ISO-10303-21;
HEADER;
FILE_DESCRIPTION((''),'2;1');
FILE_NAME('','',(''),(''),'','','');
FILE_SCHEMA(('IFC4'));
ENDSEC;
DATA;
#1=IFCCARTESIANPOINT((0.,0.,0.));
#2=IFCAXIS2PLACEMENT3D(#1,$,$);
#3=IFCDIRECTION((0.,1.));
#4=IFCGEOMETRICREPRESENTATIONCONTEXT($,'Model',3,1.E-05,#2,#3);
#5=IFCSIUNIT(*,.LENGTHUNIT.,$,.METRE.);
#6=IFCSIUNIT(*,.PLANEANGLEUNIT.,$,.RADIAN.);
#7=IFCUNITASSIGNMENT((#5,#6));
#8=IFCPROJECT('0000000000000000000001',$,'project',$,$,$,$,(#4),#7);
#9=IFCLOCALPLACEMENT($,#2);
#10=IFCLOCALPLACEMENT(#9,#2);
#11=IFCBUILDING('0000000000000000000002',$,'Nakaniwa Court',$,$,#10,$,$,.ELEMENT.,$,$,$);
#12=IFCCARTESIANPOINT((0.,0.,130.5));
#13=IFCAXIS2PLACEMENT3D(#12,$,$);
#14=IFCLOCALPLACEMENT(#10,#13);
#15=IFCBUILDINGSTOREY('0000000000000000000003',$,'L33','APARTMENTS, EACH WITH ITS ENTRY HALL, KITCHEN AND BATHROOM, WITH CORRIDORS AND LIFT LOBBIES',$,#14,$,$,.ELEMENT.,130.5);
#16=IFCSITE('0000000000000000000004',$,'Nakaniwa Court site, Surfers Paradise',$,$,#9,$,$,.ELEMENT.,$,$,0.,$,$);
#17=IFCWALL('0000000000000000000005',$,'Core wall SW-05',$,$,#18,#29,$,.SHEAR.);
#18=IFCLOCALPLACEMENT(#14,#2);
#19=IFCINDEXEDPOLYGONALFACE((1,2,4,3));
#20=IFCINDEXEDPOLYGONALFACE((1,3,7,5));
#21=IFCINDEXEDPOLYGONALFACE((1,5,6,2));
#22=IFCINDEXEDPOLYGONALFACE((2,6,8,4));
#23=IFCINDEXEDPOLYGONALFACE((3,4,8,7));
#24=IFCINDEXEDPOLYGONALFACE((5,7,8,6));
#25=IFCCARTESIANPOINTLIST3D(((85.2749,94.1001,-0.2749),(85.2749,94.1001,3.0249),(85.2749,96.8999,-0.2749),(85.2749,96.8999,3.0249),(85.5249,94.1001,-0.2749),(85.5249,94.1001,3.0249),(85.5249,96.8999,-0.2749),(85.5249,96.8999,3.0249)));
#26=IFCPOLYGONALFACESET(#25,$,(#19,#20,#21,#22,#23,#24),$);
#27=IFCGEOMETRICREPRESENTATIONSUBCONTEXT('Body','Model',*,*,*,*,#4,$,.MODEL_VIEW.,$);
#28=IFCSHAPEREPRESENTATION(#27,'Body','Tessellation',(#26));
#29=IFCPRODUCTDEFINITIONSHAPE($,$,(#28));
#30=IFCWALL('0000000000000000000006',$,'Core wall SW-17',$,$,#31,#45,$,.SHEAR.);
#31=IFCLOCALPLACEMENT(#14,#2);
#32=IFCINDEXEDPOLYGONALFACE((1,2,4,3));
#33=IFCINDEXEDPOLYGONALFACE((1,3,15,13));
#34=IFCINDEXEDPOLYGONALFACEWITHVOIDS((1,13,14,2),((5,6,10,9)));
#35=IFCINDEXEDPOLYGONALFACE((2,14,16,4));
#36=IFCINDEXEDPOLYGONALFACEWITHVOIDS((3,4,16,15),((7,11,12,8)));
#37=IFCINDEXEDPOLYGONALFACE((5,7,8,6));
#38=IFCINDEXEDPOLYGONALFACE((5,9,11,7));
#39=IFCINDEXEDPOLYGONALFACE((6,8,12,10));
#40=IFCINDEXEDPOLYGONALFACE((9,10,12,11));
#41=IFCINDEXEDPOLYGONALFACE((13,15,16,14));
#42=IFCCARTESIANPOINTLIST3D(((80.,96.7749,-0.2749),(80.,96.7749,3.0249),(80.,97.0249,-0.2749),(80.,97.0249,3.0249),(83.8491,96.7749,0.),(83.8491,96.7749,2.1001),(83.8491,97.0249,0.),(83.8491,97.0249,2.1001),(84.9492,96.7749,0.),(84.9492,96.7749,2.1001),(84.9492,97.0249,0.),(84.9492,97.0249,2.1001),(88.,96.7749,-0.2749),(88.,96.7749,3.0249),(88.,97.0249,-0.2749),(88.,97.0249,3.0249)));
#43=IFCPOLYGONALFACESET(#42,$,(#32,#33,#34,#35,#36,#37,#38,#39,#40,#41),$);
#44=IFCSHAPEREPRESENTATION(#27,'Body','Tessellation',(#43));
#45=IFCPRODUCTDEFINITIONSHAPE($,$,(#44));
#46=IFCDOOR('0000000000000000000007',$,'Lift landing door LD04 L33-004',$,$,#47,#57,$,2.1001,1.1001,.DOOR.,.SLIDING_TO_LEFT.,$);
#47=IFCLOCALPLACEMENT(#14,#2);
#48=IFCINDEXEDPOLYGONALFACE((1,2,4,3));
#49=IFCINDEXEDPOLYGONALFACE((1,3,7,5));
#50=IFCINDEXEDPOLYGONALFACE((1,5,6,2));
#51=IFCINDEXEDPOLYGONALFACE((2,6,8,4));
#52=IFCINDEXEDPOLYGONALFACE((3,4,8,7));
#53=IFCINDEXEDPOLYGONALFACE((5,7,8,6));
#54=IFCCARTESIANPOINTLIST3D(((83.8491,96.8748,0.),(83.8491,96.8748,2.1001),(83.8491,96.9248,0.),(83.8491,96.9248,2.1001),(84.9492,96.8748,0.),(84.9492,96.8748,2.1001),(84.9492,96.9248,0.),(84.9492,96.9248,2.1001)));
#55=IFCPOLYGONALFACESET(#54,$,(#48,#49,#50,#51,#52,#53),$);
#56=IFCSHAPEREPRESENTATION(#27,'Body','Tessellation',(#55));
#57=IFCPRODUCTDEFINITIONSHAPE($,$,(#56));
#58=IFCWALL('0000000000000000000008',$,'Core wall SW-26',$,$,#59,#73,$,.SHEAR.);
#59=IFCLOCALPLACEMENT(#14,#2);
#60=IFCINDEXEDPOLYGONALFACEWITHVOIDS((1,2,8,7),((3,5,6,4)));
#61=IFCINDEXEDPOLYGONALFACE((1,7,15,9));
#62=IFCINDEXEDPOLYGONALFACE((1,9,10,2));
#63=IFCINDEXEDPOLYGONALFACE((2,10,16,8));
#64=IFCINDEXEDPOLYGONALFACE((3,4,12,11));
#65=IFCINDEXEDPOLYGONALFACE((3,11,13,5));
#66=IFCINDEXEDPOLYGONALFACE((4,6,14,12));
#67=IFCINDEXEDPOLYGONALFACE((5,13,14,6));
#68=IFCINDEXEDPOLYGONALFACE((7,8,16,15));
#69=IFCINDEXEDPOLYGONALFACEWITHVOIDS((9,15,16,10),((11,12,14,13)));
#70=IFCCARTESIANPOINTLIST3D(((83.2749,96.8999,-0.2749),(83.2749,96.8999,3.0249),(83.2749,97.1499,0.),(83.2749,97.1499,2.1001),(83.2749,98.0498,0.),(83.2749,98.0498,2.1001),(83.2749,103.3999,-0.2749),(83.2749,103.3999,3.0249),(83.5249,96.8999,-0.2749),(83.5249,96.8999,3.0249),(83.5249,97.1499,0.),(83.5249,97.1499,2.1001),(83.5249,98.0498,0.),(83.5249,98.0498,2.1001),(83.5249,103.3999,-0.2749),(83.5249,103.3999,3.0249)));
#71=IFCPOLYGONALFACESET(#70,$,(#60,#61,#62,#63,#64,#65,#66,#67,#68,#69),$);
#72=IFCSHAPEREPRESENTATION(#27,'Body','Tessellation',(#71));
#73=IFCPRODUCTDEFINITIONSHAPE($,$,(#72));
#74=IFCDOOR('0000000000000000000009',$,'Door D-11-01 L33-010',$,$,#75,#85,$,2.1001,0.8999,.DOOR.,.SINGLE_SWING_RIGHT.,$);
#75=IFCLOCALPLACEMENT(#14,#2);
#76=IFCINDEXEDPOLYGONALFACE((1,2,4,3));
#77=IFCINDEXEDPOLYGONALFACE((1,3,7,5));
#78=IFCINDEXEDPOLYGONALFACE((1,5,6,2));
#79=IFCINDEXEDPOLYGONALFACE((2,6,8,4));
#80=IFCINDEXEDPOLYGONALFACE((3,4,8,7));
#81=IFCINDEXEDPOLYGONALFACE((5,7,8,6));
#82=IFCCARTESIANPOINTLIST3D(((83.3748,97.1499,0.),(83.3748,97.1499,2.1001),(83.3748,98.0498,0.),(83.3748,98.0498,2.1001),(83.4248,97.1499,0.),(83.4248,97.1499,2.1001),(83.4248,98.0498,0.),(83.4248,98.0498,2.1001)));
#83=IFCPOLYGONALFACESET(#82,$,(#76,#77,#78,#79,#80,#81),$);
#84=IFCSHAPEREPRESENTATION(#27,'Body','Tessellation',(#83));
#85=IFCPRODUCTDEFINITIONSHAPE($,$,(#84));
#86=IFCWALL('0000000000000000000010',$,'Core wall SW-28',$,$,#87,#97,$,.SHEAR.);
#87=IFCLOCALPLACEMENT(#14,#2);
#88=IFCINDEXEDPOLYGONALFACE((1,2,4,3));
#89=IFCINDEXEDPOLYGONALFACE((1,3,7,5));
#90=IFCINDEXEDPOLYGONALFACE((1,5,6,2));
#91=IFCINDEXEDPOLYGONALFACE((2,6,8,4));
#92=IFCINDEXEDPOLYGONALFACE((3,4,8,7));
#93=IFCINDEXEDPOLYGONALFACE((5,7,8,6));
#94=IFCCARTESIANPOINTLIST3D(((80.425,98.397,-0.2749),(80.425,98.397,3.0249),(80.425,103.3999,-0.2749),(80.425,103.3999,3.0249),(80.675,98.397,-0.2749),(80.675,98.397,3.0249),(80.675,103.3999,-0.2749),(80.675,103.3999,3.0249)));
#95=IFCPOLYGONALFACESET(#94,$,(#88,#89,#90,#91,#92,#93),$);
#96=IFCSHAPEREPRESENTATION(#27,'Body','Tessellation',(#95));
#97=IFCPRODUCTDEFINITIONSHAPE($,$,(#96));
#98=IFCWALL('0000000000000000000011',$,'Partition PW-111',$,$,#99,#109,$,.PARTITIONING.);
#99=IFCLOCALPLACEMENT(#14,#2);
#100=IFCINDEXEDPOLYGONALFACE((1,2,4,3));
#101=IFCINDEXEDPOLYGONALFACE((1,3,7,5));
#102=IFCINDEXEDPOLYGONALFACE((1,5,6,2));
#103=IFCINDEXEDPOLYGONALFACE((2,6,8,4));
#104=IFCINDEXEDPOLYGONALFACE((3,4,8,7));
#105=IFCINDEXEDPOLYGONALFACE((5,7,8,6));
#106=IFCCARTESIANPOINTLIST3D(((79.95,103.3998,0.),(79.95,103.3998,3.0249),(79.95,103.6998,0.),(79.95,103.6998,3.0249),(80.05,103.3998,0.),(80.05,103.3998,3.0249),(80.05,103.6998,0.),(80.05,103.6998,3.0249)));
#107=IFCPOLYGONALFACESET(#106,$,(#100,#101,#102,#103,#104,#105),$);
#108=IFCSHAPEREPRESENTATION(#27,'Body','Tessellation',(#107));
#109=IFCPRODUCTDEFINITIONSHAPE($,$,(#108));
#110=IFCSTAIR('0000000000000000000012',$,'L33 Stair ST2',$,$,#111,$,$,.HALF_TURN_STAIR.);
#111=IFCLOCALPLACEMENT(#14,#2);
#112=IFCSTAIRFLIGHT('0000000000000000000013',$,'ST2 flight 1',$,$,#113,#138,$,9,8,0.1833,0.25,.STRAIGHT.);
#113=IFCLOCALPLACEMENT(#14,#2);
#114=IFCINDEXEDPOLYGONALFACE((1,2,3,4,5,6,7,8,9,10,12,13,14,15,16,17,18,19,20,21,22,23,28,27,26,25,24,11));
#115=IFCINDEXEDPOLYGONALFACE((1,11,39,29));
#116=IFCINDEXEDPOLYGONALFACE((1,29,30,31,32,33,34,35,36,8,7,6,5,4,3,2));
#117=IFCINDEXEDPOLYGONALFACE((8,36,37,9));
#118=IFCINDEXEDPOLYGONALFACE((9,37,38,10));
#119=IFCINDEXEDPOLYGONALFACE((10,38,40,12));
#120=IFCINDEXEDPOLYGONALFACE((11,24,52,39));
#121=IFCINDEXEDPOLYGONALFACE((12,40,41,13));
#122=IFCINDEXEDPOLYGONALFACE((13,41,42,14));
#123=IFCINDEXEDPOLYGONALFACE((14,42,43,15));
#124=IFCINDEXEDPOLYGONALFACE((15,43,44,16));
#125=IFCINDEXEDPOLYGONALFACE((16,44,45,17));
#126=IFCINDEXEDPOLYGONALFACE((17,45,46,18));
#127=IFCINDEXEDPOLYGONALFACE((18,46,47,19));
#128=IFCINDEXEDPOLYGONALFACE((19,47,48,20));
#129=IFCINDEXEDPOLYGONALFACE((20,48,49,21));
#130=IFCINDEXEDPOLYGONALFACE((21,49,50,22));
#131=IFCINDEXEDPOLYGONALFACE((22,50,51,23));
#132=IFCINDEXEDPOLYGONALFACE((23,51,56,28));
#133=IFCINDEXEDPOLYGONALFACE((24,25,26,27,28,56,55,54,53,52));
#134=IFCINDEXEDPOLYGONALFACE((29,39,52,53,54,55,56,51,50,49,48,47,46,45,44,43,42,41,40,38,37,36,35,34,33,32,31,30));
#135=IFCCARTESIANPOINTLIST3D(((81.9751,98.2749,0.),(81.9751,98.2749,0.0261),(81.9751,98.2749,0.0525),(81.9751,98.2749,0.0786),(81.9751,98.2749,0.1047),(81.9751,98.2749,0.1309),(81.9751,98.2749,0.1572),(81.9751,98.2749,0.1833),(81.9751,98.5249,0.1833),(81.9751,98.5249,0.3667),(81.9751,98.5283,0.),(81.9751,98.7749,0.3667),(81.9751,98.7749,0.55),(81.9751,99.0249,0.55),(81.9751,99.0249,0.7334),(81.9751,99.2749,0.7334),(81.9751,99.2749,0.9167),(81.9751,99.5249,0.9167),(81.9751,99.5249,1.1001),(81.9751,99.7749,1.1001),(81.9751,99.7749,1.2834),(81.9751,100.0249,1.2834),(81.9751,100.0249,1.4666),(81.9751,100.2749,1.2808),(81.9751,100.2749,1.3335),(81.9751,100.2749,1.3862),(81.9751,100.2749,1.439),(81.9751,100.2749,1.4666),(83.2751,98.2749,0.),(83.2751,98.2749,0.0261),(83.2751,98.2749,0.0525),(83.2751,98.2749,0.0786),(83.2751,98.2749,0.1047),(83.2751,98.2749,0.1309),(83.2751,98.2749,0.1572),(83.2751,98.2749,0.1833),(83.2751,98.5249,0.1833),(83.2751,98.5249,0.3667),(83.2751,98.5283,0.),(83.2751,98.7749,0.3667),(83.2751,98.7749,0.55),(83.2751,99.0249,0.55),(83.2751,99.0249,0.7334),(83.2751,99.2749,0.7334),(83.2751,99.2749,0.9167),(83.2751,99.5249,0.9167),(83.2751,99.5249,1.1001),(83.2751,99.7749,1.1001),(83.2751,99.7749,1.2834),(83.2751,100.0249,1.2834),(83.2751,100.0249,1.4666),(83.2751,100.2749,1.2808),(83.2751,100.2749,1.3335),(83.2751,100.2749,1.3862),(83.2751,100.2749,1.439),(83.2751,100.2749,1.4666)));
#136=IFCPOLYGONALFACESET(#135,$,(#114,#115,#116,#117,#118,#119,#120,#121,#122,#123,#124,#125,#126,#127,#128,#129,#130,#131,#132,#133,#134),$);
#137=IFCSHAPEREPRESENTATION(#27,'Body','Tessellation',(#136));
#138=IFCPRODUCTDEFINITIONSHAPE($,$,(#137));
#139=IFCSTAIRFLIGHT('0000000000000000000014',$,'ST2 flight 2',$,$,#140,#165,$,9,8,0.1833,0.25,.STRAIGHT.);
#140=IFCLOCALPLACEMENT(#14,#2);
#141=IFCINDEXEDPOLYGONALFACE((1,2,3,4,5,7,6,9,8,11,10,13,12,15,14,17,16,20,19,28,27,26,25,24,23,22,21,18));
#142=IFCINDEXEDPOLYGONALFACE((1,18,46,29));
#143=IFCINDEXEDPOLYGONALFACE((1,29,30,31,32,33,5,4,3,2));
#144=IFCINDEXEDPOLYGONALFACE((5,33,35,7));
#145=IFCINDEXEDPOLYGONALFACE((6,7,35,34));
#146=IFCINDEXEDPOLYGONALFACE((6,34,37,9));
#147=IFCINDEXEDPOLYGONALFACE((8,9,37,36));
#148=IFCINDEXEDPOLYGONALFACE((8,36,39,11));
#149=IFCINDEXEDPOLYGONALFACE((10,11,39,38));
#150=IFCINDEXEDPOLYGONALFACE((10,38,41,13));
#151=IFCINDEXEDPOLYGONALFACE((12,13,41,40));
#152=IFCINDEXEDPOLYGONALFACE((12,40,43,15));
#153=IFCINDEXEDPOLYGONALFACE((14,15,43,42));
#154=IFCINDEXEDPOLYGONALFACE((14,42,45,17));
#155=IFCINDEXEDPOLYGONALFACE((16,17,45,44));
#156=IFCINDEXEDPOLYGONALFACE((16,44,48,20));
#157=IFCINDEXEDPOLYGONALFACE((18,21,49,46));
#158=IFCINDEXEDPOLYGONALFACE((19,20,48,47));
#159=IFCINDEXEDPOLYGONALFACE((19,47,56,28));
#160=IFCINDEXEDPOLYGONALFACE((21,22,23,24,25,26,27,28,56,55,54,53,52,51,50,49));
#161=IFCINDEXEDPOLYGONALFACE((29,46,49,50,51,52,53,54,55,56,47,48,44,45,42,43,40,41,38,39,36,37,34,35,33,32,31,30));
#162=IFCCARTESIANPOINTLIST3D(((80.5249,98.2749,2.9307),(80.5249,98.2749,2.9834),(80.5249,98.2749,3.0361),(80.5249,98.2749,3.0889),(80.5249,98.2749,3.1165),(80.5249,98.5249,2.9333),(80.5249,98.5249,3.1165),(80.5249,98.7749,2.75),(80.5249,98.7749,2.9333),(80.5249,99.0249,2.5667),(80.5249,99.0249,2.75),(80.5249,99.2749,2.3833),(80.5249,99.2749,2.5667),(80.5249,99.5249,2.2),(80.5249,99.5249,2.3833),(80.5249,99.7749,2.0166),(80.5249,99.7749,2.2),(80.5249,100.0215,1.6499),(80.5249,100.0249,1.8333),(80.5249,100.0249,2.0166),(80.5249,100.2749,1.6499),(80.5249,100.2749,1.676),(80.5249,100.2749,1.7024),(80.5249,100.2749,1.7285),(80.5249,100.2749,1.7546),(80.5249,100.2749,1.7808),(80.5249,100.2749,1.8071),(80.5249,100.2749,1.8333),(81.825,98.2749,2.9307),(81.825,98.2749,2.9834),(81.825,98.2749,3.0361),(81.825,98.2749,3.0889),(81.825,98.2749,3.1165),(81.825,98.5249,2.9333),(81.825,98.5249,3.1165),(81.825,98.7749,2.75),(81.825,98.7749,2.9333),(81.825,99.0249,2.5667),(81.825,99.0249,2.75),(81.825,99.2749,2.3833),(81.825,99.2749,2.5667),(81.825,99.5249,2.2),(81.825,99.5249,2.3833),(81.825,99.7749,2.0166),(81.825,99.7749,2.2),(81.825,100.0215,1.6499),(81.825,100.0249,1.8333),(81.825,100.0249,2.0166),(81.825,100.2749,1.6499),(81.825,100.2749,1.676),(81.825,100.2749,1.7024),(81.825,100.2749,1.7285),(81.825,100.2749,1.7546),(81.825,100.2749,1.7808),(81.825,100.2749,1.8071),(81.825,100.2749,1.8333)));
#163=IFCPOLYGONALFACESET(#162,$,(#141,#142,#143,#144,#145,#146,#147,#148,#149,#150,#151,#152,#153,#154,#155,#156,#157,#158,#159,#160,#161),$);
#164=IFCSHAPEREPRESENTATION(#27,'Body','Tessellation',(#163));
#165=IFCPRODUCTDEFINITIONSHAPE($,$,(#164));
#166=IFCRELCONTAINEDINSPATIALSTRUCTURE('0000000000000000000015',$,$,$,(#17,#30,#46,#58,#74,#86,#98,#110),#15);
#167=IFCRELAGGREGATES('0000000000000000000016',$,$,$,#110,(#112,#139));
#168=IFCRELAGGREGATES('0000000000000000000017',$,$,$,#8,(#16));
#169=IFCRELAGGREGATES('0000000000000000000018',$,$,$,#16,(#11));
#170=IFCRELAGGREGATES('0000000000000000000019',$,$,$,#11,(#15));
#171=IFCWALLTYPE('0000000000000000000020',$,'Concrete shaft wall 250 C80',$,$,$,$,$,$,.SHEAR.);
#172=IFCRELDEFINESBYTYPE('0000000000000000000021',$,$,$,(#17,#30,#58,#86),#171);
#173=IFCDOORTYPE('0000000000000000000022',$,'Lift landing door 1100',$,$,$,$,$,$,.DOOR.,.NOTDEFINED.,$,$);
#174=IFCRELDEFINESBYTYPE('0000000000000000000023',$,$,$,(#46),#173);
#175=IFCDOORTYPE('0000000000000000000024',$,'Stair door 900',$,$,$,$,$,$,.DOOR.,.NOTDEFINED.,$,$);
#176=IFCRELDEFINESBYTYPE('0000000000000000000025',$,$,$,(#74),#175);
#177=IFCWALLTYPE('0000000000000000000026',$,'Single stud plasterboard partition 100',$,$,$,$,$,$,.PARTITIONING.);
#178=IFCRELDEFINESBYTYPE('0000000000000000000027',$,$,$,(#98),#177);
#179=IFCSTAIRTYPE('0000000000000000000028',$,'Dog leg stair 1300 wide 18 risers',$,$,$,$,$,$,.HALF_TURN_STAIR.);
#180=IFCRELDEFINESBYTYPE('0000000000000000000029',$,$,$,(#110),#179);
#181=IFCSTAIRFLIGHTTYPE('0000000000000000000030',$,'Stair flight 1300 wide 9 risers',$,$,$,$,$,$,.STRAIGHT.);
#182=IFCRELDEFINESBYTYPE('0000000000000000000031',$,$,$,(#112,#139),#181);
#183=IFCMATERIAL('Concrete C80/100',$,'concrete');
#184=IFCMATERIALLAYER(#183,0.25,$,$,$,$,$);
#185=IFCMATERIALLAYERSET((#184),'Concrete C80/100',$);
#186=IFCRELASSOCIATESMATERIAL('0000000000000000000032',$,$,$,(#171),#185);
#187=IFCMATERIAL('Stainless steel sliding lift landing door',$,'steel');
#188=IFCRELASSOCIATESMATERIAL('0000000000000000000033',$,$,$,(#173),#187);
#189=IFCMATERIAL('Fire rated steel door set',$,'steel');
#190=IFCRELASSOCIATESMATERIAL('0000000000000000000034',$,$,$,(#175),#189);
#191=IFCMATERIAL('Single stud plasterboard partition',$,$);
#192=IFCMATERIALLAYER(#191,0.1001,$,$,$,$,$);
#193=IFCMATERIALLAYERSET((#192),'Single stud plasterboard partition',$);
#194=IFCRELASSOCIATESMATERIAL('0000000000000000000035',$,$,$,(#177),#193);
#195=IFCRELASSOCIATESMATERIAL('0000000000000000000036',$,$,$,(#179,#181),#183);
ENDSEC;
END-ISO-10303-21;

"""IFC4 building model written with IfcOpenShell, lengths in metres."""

from ifc_helpers import new_model, si_unit, direction, frame, frame_2d, origin, place, context, subcontext, project, spatial, polyline, rectangle, outline, extrude, material, layer, layer_set, type_object, element, fill, aggregate, save


model = new_model("IFC4")

# Units and contexts
model_context = context("Model", 3, precision=1e-05, world=origin(), true_north=direction((0.0, 1.0)))
body_context = subcontext(model_context, "Body", "Model", "MODEL_VIEW")
ifc_project = project(units=[si_unit("LENGTHUNIT", "METRE"), si_unit("PLANEANGLEUNIT", "RADIAN")], contexts=[model_context])

# Site, building, storey
site_placement = place(None, origin())
site = spatial("IfcSite", under=ifc_project, at=site_placement, Name="Nakaniwa Court site, Surfers Paradise", CompositionType="ELEMENT", RefElevation=0.0)
building_placement = place(site_placement, origin())
building = spatial("IfcBuilding", under=site, at=building_placement, Name="Nakaniwa Court", CompositionType="ELEMENT")
storey_placement = place(building_placement, frame((0.0, 0.0, 130.5)))
storey = spatial("IfcBuildingStorey", under=building, at=storey_placement, Name="L33", Description="APARTMENTS, EACH WITH ITS ENTRY HALL, KITCHEN AND BATHROOM, WITH CORRIDORS AND LIFT LOBBIES", CompositionType="ELEMENT", Elevation=130.5)

# Shared definitions
ifc_material_1 = material(Name="Fire rated steel door set", Category="steel")

# Shared definitions
ifc_material_2 = material(Name="Concrete C80/100", Category="concrete")

# Wall
ifc_layer_1 = layer(ifc_material_2, 0.25)
ifc_layer_set_1 = layer_set([ifc_layer_1], Name="Concrete C80/100")
wall_type_1 = type_object("IfcWallType", Name="Concrete shaft wall 250 C80", PredefinedType="SHEAR", material=ifc_layer_set_1)
wall_1_placement = place(storey_placement, frame((85.3999, 94.1001, -0.2749), z_axis=(0.0, 0.0, 1.0), x_axis=(0.0, 1.0, 0.0)))
element("IfcWall", 1, at=wall_1_placement, inside=storey, type_object=wall_type_1, Name="Core wall SW-05", PredefinedType="SHEAR", context=body_context, shape_type="SweptSolid", body=[
    extrude(rectangle(XDim=2.7998, YDim=0.25, at=frame_2d((1.3999, 0.0))), origin(), (0.0, 0.0, 1.0), 3.2998),
])

# Walls, openings, doors
wall_2_placement = place(storey_placement, frame((80.0, 96.8999, -0.2749), z_axis=(0.0, 0.0, 1.0), x_axis=(1.0, 0.0, 0.0)))
wall_2 = element("IfcWall", 2, at=wall_2_placement, inside=storey, type_object=wall_type_1, Name="Core wall SW-17", PredefinedType="SHEAR", context=body_context, shape_type="SweptSolid", body=[
    extrude(rectangle(XDim=8.0, YDim=0.25, at=frame_2d((4.0, 0.0))), origin(), (0.0, 0.0, 1.0), 3.2998),
])
opening_1_placement = place(wall_2_placement, frame((3.8491, 0.0, 0.2749)))
opening_1 = element("IfcOpeningElement", 3, at=opening_1_placement, cuts=wall_2, PredefinedType="OPENING", context=body_context, shape_type="SweptSolid", body=[
    extrude(rectangle(XDim=1.1001, YDim=2.1001, at=frame_2d((0.55, 1.05))), frame((0.0, 0.135, 0.0), z_axis=(0.0, -1.0, 0.0), x_axis=(1.0, 0.0, 0.0)), (0.0, 0.0, 1.0), 0.27),
])
ifc_material_3 = material(Name="Stainless steel sliding lift landing door", Category="steel")
door_type_1 = type_object("IfcDoorType", Name="Lift landing door 1100", OperationType="NOTDEFINED", PredefinedType="DOOR", material=ifc_material_3)
door_1_placement = place(opening_1_placement, origin())
door_1 = element("IfcDoor", 4, at=door_1_placement, inside=storey, type_object=door_type_1, Name="Lift landing door LD04 L33-004", OperationType="SLIDING_TO_LEFT", OverallHeight=2.1001, OverallWidth=1.1001, PredefinedType="DOOR", context=body_context, shape_type="SweptSolid", body=[
    extrude(rectangle(XDim=1.1001, YDim=2.1001, at=frame_2d((0.55, 1.05))), frame((0.0, 0.0249, 0.0), z_axis=(0.0, -1.0, 0.0), x_axis=(1.0, 0.0, 0.0)), (0.0, 0.0, 1.0), 0.05),
])
fill(opening_1, door_1)
wall_3_placement = place(storey_placement, frame((83.3999, 103.3999, -0.2749), z_axis=(0.0, 0.0, 1.0), x_axis=(0.0, -1.0, 0.0)))
wall_3 = element("IfcWall", 5, at=wall_3_placement, inside=storey, type_object=wall_type_1, Name="Core wall SW-26", PredefinedType="SHEAR", context=body_context, shape_type="SweptSolid", body=[
    extrude(rectangle(XDim=6.5, YDim=0.25, at=frame_2d((3.25, 0.0))), origin(), (0.0, 0.0, 1.0), 3.2998),
])
opening_2_placement = place(wall_3_placement, frame((5.3501, 0.0, 0.2749)))
opening_2 = element("IfcOpeningElement", 6, at=opening_2_placement, cuts=wall_3, PredefinedType="OPENING", context=body_context, shape_type="SweptSolid", body=[
    extrude(rectangle(XDim=0.8999, YDim=2.1001, at=frame_2d((0.45, 1.05))), frame((0.0, 0.135, 0.0), z_axis=(0.0, -1.0, 0.0), x_axis=(1.0, 0.0, 0.0)), (0.0, 0.0, 1.0), 0.27),
])
door_type_2 = type_object("IfcDoorType", Name="Stair door 900", OperationType="NOTDEFINED", PredefinedType="DOOR", material=ifc_material_1)
door_2_placement = place(opening_2_placement, origin())
door_2 = element("IfcDoor", 7, at=door_2_placement, inside=storey, type_object=door_type_2, Name="Door D-11-01 L33-010", OperationType="SINGLE_SWING_RIGHT", OverallHeight=2.1001, OverallWidth=0.8999, PredefinedType="DOOR", context=body_context, shape_type="SweptSolid", body=[
    extrude(rectangle(XDim=0.8999, YDim=2.1001, at=frame_2d((0.45, 1.05))), frame((0.0, 0.0249, 0.0), z_axis=(0.0, -1.0, 0.0), x_axis=(1.0, 0.0, 0.0)), (0.0, 0.0, 1.0), 0.05),
])
fill(opening_2, door_2)

# Walls
wall_4_placement = place(storey_placement, frame((80.55, 98.397, -0.2749), z_axis=(0.0, 0.0, 1.0), x_axis=(0.0, 1.0, 0.0)))
element("IfcWall", 8, at=wall_4_placement, inside=storey, type_object=wall_type_1, Name="Core wall SW-28", PredefinedType="SHEAR", context=body_context, shape_type="SweptSolid", body=[
    extrude(rectangle(XDim=5.0029, YDim=0.25, at=frame_2d((2.5015, 0.0))), origin(), (0.0, 0.0, 1.0), 3.2998),
])
ifc_material_4 = material(Name="Single stud plasterboard partition")
ifc_layer_2 = layer(ifc_material_4, 0.1001)
ifc_layer_set_2 = layer_set([ifc_layer_2], Name="Single stud plasterboard partition")
wall_type_2 = type_object("IfcWallType", Name="Single stud plasterboard partition 100", PredefinedType="PARTITIONING", material=ifc_layer_set_2)
wall_5_placement = place(storey_placement, frame((80.0, 103.3999, 0.0), z_axis=(0.0, 0.0, 1.0), x_axis=(0.0, 1.0, 0.0)))
element("IfcWall", 9, at=wall_5_placement, inside=storey, type_object=wall_type_2, Name="Partition PW-111", PredefinedType="PARTITIONING", context=body_context, shape_type="SweptSolid", body=[
    extrude(rectangle(XDim=0.3, YDim=0.1001, at=frame_2d((0.1499, 0.0))), origin(), (0.0, 0.0, 1.0), 3.0249),
])

# Stair, stair flights
stair_type = type_object("IfcStairType", Name="Dog leg stair 1300 wide 18 risers", PredefinedType="HALF_TURN_STAIR", material=ifc_material_2)
stair_placement = place(storey_placement, origin())
stair = element("IfcStair", 10, at=stair_placement, inside=storey, type_object=stair_type, Name="L33 Stair ST2", PredefinedType="HALF_TURN_STAIR")
stair_flight_type = type_object("IfcStairFlightType", Name="Stair flight 1300 wide 9 risers", PredefinedType="STRAIGHT", material=ifc_material_2)
stair_flight_1_placement = place(storey_placement, frame((82.625, 98.2749, 0.0), z_axis=(0.0, 0.0, 1.0), x_axis=(0.0, 1.0, 0.0)))
stair_flight_1 = element("IfcStairFlight", 11, at=stair_flight_1_placement, type_object=stair_flight_type, Name="ST2 flight 1", NumberOfRisers=9, NumberOfTreads=8, PredefinedType="STRAIGHT", RiserHeight=0.1833, TreadLength=0.25, context=body_context, shape_type="SweptSolid", body=[
    extrude(outline(polyline([(0.0, 0.0), (0.0, 0.0261), (0.0, 0.0525), (0.0, 0.0786), (0.0, 0.1047), (0.0, 0.1309), (0.0, 0.1572), (0.0, 0.1833), (0.25, 0.1833), (0.25, 0.3667), (0.5, 0.3667), (0.5, 0.55), (0.75, 0.55), (0.75, 0.7334), (1.0, 0.7334), (1.0, 0.9167), (1.25, 0.9167), (1.25, 1.1001), (1.5, 1.1001), (1.5, 1.2834), (1.75, 1.2834), (1.75, 1.4666), (2.0, 1.4666), (2.0, 1.6499), (2.0, 1.5972), (2.0, 1.5444), (2.0, 1.4917), (2.0, 1.439), (2.0, 1.3862), (2.0, 1.3335), (2.0, 1.2808), (0.2534, 0.0), (0.0, 0.0)])), frame((0.0, 0.6499, 0.0), z_axis=(0.0, -1.0, 0.0), x_axis=(1.0, 0.0, 0.0)), (0.0, 0.0, 1.0), 1.3),
])
stair_flight_2_placement = place(storey_placement, frame((81.175, 100.2749, 1.6499), z_axis=(0.0, 0.0, 1.0), x_axis=(0.0, -1.0, 0.0)))
stair_flight_2 = element("IfcStairFlight", 12, at=stair_flight_2_placement, type_object=stair_flight_type, Name="ST2 flight 2", NumberOfRisers=9, NumberOfTreads=8, PredefinedType="STRAIGHT", RiserHeight=0.1833, TreadLength=0.25, context=body_context, shape_type="SweptSolid", body=[
    extrude(outline(polyline([(0.0, 0.0), (0.0, 0.0261), (0.0, 0.0525), (0.0, 0.0786), (0.0, 0.1047), (0.0, 0.1309), (0.0, 0.1572), (0.0, 0.1833), (0.25, 0.1833), (0.25, 0.3667), (0.5, 0.3667), (0.5, 0.55), (0.75, 0.55), (0.75, 0.7334), (1.0, 0.7334), (1.0, 0.9167), (1.25, 0.9167), (1.25, 1.1001), (1.5, 1.1001), (1.5, 1.2834), (1.75, 1.2834), (1.75, 1.4666), (2.0, 1.4666), (2.0, 1.6499), (2.0, 1.5972), (2.0, 1.5444), (2.0, 1.4917), (2.0, 1.439), (2.0, 1.3862), (2.0, 1.3335), (2.0, 1.2808), (0.2534, 0.0), (0.0, 0.0)])), frame((0.0, 0.6499, 0.0), z_axis=(0.0, -1.0, 0.0), x_axis=(1.0, 0.0, 0.0)), (0.0, 0.0, 1.0), 1.3),
])
aggregate(stair, [stair_flight_1, stair_flight_2])

save(model, "model.ifc")
